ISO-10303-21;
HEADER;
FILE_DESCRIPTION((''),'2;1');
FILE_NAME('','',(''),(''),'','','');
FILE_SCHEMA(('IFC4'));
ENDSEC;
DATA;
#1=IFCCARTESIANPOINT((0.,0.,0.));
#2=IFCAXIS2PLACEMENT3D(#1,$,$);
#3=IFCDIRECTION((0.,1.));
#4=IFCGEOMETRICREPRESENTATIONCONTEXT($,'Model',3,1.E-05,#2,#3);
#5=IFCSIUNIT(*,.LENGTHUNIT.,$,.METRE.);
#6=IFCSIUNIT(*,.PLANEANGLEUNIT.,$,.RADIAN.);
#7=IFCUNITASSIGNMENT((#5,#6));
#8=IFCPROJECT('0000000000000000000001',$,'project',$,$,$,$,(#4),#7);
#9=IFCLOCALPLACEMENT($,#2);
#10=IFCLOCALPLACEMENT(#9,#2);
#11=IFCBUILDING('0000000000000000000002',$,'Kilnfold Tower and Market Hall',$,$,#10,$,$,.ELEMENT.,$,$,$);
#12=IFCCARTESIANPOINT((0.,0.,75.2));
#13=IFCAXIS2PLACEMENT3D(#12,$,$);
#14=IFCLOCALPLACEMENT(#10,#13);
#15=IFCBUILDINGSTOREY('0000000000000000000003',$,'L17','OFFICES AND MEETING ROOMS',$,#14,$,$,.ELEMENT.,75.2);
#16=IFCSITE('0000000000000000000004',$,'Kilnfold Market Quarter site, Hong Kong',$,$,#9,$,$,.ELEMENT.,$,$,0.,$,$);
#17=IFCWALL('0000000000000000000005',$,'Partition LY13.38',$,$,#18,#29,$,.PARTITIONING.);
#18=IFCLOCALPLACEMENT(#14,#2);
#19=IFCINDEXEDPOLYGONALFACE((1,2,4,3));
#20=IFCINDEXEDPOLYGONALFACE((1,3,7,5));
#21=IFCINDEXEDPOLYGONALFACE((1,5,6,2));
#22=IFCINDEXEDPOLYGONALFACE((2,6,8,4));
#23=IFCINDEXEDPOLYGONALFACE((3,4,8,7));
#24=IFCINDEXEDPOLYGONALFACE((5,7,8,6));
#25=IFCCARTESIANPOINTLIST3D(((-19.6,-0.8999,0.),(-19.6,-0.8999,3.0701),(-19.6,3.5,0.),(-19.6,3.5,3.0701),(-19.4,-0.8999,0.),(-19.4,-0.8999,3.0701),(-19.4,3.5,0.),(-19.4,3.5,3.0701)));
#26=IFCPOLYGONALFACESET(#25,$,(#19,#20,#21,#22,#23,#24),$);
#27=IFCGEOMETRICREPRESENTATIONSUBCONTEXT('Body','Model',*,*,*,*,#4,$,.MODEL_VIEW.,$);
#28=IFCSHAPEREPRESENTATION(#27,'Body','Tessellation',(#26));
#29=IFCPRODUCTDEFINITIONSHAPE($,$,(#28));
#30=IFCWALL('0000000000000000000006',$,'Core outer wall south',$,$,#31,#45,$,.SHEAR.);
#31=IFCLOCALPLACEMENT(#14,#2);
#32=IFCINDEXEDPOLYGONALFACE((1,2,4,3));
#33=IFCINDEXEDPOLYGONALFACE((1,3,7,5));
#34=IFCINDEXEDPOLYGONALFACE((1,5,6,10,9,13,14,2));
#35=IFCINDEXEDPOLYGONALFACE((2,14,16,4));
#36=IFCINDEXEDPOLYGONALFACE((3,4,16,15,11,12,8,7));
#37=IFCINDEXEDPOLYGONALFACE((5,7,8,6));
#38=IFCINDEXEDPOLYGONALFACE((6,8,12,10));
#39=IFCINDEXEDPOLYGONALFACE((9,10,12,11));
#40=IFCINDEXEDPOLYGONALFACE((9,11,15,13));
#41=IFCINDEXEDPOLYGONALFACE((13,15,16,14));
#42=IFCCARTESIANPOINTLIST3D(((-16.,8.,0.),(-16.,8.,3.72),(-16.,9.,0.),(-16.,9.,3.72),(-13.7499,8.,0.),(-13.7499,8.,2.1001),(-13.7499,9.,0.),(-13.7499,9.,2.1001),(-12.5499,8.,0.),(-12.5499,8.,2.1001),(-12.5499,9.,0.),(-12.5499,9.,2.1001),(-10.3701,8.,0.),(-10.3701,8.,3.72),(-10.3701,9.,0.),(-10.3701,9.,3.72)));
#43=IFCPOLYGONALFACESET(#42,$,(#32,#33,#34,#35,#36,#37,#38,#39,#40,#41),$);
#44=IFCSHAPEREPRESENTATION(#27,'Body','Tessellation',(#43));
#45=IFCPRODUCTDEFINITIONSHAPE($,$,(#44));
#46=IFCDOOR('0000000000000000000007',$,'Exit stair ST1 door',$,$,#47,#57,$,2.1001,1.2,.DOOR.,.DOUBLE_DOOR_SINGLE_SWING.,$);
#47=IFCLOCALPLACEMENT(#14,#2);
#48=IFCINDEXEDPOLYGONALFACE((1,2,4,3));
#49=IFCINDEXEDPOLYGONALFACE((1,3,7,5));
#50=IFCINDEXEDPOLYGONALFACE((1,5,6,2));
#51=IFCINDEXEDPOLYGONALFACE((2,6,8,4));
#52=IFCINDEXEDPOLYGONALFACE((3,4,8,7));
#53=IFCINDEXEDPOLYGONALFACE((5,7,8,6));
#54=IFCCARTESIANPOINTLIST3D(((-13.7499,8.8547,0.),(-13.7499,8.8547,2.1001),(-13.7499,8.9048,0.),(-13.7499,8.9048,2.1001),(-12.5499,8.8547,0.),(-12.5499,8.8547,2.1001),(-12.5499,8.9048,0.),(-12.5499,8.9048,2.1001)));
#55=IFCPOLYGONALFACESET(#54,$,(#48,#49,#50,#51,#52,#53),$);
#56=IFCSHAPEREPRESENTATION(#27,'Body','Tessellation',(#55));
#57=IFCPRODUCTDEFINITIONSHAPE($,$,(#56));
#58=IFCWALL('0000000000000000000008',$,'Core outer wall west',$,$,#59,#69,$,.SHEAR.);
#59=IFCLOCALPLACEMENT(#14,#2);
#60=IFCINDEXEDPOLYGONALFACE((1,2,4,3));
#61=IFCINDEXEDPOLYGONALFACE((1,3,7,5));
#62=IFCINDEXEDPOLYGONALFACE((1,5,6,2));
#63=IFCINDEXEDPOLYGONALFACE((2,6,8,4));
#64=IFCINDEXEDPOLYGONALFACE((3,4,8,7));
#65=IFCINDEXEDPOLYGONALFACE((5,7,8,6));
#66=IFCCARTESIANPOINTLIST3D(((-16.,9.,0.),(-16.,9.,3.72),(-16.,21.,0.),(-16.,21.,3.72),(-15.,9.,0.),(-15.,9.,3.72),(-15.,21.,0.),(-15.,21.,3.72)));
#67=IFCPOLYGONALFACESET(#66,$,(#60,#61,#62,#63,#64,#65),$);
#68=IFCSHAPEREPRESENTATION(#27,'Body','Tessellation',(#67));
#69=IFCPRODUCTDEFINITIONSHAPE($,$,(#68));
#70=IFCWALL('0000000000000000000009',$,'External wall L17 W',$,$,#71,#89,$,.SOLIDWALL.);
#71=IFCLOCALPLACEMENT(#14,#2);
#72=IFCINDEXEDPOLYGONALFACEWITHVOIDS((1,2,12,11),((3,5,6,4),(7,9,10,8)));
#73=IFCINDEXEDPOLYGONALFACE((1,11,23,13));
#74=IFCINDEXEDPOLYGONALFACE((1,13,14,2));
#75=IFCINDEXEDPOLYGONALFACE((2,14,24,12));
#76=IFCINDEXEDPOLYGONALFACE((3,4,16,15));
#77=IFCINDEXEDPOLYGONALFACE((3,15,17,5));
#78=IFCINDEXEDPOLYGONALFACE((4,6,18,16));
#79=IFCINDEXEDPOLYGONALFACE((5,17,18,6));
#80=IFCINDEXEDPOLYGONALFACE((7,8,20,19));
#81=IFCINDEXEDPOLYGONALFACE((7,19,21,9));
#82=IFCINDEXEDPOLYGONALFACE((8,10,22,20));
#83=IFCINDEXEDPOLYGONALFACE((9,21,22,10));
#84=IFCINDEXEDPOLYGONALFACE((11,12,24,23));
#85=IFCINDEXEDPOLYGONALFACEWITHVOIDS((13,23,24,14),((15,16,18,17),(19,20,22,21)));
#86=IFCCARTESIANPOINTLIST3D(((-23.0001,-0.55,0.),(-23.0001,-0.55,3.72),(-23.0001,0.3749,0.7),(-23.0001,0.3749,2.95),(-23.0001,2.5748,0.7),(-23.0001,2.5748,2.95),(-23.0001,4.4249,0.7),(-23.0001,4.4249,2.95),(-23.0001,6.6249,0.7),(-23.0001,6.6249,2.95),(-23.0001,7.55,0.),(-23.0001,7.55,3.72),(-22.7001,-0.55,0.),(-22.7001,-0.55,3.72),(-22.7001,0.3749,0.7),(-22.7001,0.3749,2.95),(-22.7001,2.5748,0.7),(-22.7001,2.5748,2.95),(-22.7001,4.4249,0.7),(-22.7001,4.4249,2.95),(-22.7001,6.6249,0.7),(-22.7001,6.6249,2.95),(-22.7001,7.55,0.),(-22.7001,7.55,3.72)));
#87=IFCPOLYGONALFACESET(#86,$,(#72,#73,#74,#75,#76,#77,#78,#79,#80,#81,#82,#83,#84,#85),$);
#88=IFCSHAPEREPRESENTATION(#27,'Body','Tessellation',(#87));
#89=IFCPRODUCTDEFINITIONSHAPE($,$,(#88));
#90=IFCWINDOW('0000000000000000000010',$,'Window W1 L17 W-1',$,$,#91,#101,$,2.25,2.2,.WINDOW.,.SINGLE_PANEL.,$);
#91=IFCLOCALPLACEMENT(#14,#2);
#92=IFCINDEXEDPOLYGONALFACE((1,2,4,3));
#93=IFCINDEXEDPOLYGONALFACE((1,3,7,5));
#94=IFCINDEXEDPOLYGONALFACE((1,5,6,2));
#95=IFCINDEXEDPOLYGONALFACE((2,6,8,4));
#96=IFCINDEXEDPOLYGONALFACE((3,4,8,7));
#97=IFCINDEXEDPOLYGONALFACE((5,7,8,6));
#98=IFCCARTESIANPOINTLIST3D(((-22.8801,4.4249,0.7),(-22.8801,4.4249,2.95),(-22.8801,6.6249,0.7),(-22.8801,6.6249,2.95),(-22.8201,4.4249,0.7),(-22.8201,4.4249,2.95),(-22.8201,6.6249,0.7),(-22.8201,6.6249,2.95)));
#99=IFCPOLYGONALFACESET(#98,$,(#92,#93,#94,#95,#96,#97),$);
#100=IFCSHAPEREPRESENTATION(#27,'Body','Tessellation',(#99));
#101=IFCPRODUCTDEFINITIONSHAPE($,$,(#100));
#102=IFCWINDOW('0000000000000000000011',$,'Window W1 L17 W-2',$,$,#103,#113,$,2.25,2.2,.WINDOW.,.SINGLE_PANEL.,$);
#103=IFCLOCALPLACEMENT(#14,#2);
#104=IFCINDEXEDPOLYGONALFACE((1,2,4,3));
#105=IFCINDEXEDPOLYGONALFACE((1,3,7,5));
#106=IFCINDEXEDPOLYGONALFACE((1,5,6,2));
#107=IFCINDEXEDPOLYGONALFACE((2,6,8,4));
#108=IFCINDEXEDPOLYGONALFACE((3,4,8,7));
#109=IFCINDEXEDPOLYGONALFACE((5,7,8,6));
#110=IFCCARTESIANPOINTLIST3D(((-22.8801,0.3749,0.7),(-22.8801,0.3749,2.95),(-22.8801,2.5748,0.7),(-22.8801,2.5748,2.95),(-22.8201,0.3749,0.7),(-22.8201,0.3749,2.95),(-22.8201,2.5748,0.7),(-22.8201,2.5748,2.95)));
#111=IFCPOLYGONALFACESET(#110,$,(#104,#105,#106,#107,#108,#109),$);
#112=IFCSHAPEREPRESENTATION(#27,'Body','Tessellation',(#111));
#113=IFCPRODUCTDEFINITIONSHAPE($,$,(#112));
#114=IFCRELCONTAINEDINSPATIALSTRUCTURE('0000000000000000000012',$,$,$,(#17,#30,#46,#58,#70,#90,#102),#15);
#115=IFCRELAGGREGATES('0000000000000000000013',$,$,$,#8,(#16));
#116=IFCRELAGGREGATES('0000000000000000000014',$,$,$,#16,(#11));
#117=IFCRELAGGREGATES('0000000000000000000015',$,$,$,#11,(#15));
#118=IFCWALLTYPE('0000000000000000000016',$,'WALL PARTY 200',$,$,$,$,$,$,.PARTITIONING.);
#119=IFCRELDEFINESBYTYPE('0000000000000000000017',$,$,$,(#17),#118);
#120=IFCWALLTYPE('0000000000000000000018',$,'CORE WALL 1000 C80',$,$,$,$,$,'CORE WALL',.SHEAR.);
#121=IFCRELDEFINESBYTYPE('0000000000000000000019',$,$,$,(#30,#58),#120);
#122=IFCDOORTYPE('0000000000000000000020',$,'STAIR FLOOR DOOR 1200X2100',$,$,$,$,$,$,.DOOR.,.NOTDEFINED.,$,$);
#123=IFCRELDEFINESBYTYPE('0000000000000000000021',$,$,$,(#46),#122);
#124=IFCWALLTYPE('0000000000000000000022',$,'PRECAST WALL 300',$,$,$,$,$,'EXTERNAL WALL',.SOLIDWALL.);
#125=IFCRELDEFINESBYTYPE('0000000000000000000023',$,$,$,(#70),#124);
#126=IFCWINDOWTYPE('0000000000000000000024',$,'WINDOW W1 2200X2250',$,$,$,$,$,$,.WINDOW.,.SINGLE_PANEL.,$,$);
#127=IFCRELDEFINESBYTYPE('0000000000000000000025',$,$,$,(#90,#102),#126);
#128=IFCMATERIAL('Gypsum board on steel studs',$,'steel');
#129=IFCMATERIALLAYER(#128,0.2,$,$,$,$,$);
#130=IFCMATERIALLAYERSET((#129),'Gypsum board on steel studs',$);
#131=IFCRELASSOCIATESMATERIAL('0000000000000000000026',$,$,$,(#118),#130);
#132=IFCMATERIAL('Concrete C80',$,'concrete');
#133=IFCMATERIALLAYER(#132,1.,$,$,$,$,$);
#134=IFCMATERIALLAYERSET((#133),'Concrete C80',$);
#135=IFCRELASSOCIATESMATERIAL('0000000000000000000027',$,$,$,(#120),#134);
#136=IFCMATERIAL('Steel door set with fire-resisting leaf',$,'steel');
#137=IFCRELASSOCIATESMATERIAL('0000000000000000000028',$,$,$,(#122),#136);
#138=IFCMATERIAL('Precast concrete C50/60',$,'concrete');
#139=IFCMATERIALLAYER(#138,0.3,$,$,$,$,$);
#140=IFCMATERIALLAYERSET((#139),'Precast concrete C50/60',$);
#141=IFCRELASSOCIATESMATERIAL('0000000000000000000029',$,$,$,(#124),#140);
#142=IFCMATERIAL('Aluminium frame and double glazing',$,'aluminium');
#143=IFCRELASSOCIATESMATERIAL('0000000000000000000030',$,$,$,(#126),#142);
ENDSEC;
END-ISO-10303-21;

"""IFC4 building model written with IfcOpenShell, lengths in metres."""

from ifc_helpers import new_model, si_unit, direction, frame, frame_2d, origin, place, context, subcontext, project, spatial, rectangle, extrude, source, transform, mapped, material, layer, layer_set, type_object, element, fill, save


model = new_model("IFC4")

# Units and contexts
model_context = context("Model", 3, precision=1e-05, world=origin(), true_north=direction((0.0, 1.0)))
body_context = subcontext(model_context, "Body", "Model", "MODEL_VIEW")
ifc_project = project(units=[si_unit("LENGTHUNIT", "METRE"), si_unit("PLANEANGLEUNIT", "RADIAN")], contexts=[model_context])

# Site, building, storey
site_placement = place(None, origin())
site = spatial("IfcSite", under=ifc_project, at=site_placement, Name="Kilnfold Market Quarter site, Hong Kong", CompositionType="ELEMENT", RefElevation=0.0)
building_placement = place(site_placement, origin())
building = spatial("IfcBuilding", under=site, at=building_placement, Name="Kilnfold Tower and Market Hall", CompositionType="ELEMENT")
storey_placement = place(building_placement, frame((0.0, 0.0, 75.2)))
storey = spatial("IfcBuildingStorey", under=building, at=storey_placement, Name="L17", Description="OFFICES AND MEETING ROOMS", CompositionType="ELEMENT", Elevation=75.2)

# Wall
ifc_material_1 = material(Name="Gypsum board on steel studs", Category="steel")
ifc_layer_1 = layer(ifc_material_1, 0.2)
ifc_layer_set_1 = layer_set([ifc_layer_1], Name="Gypsum board on steel studs")
wall_type_1 = type_object("IfcWallType", Name="WALL PARTY 200", PredefinedType="PARTITIONING", material=ifc_layer_set_1)
wall_1_placement = place(storey_placement, frame((-19.5, 3.5, 0.0), z_axis=(0.0, 0.0, 1.0), x_axis=(0.0, -1.0, 0.0)))
element("IfcWall", 1, at=wall_1_placement, inside=storey, type_object=wall_type_1, Name="Partition LY13.38", PredefinedType="PARTITIONING", context=body_context, shape_type="SweptSolid", body=[
    extrude(rectangle(XDim=4.3999, YDim=0.2, at=frame_2d((2.2, 0.0))), origin(), (0.0, 0.0, 1.0), 3.0701),
])

# Wall, opening, door
ifc_material_2 = material(Name="Concrete C80", Category="concrete")
ifc_layer_2 = layer(ifc_material_2, 1.0)
ifc_layer_set_2 = layer_set([ifc_layer_2], Name="Concrete C80")
wall_type_2 = type_object("IfcWallType", Name="CORE WALL 1000 C80", ElementType="CORE WALL", PredefinedType="SHEAR", material=ifc_layer_set_2)
shared_shape_1 = source(origin(), body_context, "Body", "SweptSolid", [
    extrude(rectangle(XDim=5.6299, YDim=1.0, at=frame_2d((2.8149, 0.0))), origin(), (0.0, 0.0, 1.0), 3.72),
])
wall_2_placement = place(storey_placement, frame((-16.0, 8.5, 0.0), z_axis=(0.0, 0.0, 1.0), x_axis=(1.0, 0.0, 0.0)))
wall_2 = element("IfcWall", 2, at=wall_2_placement, inside=storey, type_object=wall_type_2, Name="Core outer wall south", PredefinedType="SHEAR", context=body_context, shape_type="MappedRepresentation", body=[
    mapped(shared_shape_1, transform((0.0, 0.0, 0.0))),
])
opening_1_placement = place(wall_2_placement, frame((2.25, 0.0, 0.0)))
opening_1 = element("IfcOpeningElement", 3, at=opening_1_placement, cuts=wall_2, PredefinedType="OPENING", context=body_context, shape_type="SweptSolid", body=[
    extrude(rectangle(XDim=1.2, YDim=2.1001, at=frame_2d((0.6001, 1.05))), frame((0.0, 0.51, 0.0), z_axis=(0.0, -1.0, 0.0), x_axis=(1.0, 0.0, 0.0)), (0.0, 0.0, 1.0), 1.02),
])
ifc_material_3 = material(Name="Steel door set with fire-resisting leaf", Category="steel")
door_type_1 = type_object("IfcDoorType", Name="STAIR FLOOR DOOR 1200X2100", OperationType="NOTDEFINED", PredefinedType="DOOR", material=ifc_material_3)
door_1_placement = place(opening_1_placement, origin())
door_1 = element("IfcDoor", 4, at=door_1_placement, inside=storey, type_object=door_type_1, Name="Exit stair ST1 door", OperationType="DOUBLE_DOOR_SINGLE_SWING", OverallHeight=2.1001, OverallWidth=1.2, PredefinedType="DOOR", context=body_context, shape_type="SweptSolid", body=[
    extrude(rectangle(XDim=1.2, YDim=2.1001, at=frame_2d((0.6001, 1.05))), frame((0.0, 0.4048, 0.0), z_axis=(0.0, -1.0, 0.0), x_axis=(1.0, 0.0, 0.0)), (0.0, 0.0, 1.0), 0.05),
])
fill(opening_1, door_1)

# Wall
shared_shape_2 = source(origin(), body_context, "Body", "SweptSolid", [
    extrude(rectangle(XDim=12.0, YDim=1.0, at=frame_2d((6.0, 0.0))), origin(), (0.0, 0.0, 1.0), 3.72),
])
wall_3_placement = place(storey_placement, frame((-15.5, 9.0, 0.0), z_axis=(0.0, 0.0, 1.0), x_axis=(0.0, 1.0, 0.0)))
element("IfcWall", 5, at=wall_3_placement, inside=storey, type_object=wall_type_2, Name="Core outer wall west", PredefinedType="SHEAR", context=body_context, shape_type="MappedRepresentation", body=[
    mapped(shared_shape_2, transform((0.0, 0.0, 0.0))),
])

# Wall, openings, windows
ifc_material_4 = material(Name="Precast concrete C50/60", Category="concrete")
ifc_layer_3 = layer(ifc_material_4, 0.3)
ifc_layer_set_3 = layer_set([ifc_layer_3], Name="Precast concrete C50/60")
wall_type_3 = type_object("IfcWallType", Name="PRECAST WALL 300", ElementType="EXTERNAL WALL", PredefinedType="SOLIDWALL", material=ifc_layer_set_3)
shared_shape_3 = source(origin(), body_context, "Body", "SweptSolid", [
    extrude(rectangle(XDim=8.1001, YDim=0.3, at=frame_2d((4.05, 0.0))), origin(), (0.0, 0.0, 1.0), 3.72),
])
wall_4_placement = place(storey_placement, frame((-22.8501, 7.55, 0.0), z_axis=(0.0, 0.0, 1.0), x_axis=(0.0, -1.0, 0.0)))
wall_4 = element("IfcWall", 6, at=wall_4_placement, inside=storey, type_object=wall_type_3, Name="External wall L17 W", PredefinedType="SOLIDWALL", context=body_context, shape_type="MappedRepresentation", body=[
    mapped(shared_shape_3, transform((0.0, 0.0, 0.0))),
])
opening_2_placement = place(wall_4_placement, frame((0.925, 0.0, 0.7)))
opening_2 = element("IfcOpeningElement", 7, at=opening_2_placement, cuts=wall_4, PredefinedType="OPENING", context=body_context, shape_type="SweptSolid", body=[
    extrude(rectangle(XDim=2.2, YDim=2.25, at=frame_2d((1.1001, 1.125))), frame((0.0, 0.1602, 0.0), z_axis=(0.0, -1.0, 0.0), x_axis=(1.0, 0.0, 0.0)), (0.0, 0.0, 1.0), 0.3201),
])
opening_3_placement = place(wall_4_placement, frame((4.9751, 0.0, 0.7)))
opening_3 = element("IfcOpeningElement", 8, at=opening_3_placement, cuts=wall_4, PredefinedType="OPENING", context=body_context, shape_type="SweptSolid", body=[
    extrude(rectangle(XDim=2.2, YDim=2.25, at=frame_2d((1.1001, 1.125))), frame((0.0, 0.1602, 0.0), z_axis=(0.0, -1.0, 0.0), x_axis=(1.0, 0.0, 0.0)), (0.0, 0.0, 1.0), 0.3201),
])
ifc_material_5 = material(Name="Aluminium frame and double glazing", Category="aluminium")
window_type = type_object("IfcWindowType", Name="WINDOW W1 2200X2250", PartitioningType="SINGLE_PANEL", PredefinedType="WINDOW", material=ifc_material_5)
window_1_placement = place(opening_2_placement, origin())
window_1 = element("IfcWindow", 9, at=window_1_placement, inside=storey, type_object=window_type, Name="Window W1 L17 W-1", OverallHeight=2.25, OverallWidth=2.2, PartitioningType="SINGLE_PANEL", PredefinedType="WINDOW", context=body_context, shape_type="SweptSolid", body=[
    extrude(rectangle(XDim=2.2, YDim=2.25, at=frame_2d((1.1001, 1.125))), frame((0.0, 0.03, 0.0), z_axis=(0.0, -1.0, 0.0), x_axis=(1.0, 0.0, 0.0)), (0.0, 0.0, 1.0), 0.0601),
])
fill(opening_2, window_1)
window_2_placement = place(opening_3_placement, origin())
window_2 = element("IfcWindow", 10, at=window_2_placement, inside=storey, type_object=window_type, Name="Window W1 L17 W-2", OverallHeight=2.25, OverallWidth=2.2, PartitioningType="SINGLE_PANEL", PredefinedType="WINDOW", context=body_context, shape_type="SweptSolid", body=[
    extrude(rectangle(XDim=2.2, YDim=2.25, at=frame_2d((1.1001, 1.125))), frame((0.0, 0.03, 0.0), z_axis=(0.0, -1.0, 0.0), x_axis=(1.0, 0.0, 0.0)), (0.0, 0.0, 1.0), 0.0601),
])
fill(opening_3, window_2)

save(model, "model.ifc")
